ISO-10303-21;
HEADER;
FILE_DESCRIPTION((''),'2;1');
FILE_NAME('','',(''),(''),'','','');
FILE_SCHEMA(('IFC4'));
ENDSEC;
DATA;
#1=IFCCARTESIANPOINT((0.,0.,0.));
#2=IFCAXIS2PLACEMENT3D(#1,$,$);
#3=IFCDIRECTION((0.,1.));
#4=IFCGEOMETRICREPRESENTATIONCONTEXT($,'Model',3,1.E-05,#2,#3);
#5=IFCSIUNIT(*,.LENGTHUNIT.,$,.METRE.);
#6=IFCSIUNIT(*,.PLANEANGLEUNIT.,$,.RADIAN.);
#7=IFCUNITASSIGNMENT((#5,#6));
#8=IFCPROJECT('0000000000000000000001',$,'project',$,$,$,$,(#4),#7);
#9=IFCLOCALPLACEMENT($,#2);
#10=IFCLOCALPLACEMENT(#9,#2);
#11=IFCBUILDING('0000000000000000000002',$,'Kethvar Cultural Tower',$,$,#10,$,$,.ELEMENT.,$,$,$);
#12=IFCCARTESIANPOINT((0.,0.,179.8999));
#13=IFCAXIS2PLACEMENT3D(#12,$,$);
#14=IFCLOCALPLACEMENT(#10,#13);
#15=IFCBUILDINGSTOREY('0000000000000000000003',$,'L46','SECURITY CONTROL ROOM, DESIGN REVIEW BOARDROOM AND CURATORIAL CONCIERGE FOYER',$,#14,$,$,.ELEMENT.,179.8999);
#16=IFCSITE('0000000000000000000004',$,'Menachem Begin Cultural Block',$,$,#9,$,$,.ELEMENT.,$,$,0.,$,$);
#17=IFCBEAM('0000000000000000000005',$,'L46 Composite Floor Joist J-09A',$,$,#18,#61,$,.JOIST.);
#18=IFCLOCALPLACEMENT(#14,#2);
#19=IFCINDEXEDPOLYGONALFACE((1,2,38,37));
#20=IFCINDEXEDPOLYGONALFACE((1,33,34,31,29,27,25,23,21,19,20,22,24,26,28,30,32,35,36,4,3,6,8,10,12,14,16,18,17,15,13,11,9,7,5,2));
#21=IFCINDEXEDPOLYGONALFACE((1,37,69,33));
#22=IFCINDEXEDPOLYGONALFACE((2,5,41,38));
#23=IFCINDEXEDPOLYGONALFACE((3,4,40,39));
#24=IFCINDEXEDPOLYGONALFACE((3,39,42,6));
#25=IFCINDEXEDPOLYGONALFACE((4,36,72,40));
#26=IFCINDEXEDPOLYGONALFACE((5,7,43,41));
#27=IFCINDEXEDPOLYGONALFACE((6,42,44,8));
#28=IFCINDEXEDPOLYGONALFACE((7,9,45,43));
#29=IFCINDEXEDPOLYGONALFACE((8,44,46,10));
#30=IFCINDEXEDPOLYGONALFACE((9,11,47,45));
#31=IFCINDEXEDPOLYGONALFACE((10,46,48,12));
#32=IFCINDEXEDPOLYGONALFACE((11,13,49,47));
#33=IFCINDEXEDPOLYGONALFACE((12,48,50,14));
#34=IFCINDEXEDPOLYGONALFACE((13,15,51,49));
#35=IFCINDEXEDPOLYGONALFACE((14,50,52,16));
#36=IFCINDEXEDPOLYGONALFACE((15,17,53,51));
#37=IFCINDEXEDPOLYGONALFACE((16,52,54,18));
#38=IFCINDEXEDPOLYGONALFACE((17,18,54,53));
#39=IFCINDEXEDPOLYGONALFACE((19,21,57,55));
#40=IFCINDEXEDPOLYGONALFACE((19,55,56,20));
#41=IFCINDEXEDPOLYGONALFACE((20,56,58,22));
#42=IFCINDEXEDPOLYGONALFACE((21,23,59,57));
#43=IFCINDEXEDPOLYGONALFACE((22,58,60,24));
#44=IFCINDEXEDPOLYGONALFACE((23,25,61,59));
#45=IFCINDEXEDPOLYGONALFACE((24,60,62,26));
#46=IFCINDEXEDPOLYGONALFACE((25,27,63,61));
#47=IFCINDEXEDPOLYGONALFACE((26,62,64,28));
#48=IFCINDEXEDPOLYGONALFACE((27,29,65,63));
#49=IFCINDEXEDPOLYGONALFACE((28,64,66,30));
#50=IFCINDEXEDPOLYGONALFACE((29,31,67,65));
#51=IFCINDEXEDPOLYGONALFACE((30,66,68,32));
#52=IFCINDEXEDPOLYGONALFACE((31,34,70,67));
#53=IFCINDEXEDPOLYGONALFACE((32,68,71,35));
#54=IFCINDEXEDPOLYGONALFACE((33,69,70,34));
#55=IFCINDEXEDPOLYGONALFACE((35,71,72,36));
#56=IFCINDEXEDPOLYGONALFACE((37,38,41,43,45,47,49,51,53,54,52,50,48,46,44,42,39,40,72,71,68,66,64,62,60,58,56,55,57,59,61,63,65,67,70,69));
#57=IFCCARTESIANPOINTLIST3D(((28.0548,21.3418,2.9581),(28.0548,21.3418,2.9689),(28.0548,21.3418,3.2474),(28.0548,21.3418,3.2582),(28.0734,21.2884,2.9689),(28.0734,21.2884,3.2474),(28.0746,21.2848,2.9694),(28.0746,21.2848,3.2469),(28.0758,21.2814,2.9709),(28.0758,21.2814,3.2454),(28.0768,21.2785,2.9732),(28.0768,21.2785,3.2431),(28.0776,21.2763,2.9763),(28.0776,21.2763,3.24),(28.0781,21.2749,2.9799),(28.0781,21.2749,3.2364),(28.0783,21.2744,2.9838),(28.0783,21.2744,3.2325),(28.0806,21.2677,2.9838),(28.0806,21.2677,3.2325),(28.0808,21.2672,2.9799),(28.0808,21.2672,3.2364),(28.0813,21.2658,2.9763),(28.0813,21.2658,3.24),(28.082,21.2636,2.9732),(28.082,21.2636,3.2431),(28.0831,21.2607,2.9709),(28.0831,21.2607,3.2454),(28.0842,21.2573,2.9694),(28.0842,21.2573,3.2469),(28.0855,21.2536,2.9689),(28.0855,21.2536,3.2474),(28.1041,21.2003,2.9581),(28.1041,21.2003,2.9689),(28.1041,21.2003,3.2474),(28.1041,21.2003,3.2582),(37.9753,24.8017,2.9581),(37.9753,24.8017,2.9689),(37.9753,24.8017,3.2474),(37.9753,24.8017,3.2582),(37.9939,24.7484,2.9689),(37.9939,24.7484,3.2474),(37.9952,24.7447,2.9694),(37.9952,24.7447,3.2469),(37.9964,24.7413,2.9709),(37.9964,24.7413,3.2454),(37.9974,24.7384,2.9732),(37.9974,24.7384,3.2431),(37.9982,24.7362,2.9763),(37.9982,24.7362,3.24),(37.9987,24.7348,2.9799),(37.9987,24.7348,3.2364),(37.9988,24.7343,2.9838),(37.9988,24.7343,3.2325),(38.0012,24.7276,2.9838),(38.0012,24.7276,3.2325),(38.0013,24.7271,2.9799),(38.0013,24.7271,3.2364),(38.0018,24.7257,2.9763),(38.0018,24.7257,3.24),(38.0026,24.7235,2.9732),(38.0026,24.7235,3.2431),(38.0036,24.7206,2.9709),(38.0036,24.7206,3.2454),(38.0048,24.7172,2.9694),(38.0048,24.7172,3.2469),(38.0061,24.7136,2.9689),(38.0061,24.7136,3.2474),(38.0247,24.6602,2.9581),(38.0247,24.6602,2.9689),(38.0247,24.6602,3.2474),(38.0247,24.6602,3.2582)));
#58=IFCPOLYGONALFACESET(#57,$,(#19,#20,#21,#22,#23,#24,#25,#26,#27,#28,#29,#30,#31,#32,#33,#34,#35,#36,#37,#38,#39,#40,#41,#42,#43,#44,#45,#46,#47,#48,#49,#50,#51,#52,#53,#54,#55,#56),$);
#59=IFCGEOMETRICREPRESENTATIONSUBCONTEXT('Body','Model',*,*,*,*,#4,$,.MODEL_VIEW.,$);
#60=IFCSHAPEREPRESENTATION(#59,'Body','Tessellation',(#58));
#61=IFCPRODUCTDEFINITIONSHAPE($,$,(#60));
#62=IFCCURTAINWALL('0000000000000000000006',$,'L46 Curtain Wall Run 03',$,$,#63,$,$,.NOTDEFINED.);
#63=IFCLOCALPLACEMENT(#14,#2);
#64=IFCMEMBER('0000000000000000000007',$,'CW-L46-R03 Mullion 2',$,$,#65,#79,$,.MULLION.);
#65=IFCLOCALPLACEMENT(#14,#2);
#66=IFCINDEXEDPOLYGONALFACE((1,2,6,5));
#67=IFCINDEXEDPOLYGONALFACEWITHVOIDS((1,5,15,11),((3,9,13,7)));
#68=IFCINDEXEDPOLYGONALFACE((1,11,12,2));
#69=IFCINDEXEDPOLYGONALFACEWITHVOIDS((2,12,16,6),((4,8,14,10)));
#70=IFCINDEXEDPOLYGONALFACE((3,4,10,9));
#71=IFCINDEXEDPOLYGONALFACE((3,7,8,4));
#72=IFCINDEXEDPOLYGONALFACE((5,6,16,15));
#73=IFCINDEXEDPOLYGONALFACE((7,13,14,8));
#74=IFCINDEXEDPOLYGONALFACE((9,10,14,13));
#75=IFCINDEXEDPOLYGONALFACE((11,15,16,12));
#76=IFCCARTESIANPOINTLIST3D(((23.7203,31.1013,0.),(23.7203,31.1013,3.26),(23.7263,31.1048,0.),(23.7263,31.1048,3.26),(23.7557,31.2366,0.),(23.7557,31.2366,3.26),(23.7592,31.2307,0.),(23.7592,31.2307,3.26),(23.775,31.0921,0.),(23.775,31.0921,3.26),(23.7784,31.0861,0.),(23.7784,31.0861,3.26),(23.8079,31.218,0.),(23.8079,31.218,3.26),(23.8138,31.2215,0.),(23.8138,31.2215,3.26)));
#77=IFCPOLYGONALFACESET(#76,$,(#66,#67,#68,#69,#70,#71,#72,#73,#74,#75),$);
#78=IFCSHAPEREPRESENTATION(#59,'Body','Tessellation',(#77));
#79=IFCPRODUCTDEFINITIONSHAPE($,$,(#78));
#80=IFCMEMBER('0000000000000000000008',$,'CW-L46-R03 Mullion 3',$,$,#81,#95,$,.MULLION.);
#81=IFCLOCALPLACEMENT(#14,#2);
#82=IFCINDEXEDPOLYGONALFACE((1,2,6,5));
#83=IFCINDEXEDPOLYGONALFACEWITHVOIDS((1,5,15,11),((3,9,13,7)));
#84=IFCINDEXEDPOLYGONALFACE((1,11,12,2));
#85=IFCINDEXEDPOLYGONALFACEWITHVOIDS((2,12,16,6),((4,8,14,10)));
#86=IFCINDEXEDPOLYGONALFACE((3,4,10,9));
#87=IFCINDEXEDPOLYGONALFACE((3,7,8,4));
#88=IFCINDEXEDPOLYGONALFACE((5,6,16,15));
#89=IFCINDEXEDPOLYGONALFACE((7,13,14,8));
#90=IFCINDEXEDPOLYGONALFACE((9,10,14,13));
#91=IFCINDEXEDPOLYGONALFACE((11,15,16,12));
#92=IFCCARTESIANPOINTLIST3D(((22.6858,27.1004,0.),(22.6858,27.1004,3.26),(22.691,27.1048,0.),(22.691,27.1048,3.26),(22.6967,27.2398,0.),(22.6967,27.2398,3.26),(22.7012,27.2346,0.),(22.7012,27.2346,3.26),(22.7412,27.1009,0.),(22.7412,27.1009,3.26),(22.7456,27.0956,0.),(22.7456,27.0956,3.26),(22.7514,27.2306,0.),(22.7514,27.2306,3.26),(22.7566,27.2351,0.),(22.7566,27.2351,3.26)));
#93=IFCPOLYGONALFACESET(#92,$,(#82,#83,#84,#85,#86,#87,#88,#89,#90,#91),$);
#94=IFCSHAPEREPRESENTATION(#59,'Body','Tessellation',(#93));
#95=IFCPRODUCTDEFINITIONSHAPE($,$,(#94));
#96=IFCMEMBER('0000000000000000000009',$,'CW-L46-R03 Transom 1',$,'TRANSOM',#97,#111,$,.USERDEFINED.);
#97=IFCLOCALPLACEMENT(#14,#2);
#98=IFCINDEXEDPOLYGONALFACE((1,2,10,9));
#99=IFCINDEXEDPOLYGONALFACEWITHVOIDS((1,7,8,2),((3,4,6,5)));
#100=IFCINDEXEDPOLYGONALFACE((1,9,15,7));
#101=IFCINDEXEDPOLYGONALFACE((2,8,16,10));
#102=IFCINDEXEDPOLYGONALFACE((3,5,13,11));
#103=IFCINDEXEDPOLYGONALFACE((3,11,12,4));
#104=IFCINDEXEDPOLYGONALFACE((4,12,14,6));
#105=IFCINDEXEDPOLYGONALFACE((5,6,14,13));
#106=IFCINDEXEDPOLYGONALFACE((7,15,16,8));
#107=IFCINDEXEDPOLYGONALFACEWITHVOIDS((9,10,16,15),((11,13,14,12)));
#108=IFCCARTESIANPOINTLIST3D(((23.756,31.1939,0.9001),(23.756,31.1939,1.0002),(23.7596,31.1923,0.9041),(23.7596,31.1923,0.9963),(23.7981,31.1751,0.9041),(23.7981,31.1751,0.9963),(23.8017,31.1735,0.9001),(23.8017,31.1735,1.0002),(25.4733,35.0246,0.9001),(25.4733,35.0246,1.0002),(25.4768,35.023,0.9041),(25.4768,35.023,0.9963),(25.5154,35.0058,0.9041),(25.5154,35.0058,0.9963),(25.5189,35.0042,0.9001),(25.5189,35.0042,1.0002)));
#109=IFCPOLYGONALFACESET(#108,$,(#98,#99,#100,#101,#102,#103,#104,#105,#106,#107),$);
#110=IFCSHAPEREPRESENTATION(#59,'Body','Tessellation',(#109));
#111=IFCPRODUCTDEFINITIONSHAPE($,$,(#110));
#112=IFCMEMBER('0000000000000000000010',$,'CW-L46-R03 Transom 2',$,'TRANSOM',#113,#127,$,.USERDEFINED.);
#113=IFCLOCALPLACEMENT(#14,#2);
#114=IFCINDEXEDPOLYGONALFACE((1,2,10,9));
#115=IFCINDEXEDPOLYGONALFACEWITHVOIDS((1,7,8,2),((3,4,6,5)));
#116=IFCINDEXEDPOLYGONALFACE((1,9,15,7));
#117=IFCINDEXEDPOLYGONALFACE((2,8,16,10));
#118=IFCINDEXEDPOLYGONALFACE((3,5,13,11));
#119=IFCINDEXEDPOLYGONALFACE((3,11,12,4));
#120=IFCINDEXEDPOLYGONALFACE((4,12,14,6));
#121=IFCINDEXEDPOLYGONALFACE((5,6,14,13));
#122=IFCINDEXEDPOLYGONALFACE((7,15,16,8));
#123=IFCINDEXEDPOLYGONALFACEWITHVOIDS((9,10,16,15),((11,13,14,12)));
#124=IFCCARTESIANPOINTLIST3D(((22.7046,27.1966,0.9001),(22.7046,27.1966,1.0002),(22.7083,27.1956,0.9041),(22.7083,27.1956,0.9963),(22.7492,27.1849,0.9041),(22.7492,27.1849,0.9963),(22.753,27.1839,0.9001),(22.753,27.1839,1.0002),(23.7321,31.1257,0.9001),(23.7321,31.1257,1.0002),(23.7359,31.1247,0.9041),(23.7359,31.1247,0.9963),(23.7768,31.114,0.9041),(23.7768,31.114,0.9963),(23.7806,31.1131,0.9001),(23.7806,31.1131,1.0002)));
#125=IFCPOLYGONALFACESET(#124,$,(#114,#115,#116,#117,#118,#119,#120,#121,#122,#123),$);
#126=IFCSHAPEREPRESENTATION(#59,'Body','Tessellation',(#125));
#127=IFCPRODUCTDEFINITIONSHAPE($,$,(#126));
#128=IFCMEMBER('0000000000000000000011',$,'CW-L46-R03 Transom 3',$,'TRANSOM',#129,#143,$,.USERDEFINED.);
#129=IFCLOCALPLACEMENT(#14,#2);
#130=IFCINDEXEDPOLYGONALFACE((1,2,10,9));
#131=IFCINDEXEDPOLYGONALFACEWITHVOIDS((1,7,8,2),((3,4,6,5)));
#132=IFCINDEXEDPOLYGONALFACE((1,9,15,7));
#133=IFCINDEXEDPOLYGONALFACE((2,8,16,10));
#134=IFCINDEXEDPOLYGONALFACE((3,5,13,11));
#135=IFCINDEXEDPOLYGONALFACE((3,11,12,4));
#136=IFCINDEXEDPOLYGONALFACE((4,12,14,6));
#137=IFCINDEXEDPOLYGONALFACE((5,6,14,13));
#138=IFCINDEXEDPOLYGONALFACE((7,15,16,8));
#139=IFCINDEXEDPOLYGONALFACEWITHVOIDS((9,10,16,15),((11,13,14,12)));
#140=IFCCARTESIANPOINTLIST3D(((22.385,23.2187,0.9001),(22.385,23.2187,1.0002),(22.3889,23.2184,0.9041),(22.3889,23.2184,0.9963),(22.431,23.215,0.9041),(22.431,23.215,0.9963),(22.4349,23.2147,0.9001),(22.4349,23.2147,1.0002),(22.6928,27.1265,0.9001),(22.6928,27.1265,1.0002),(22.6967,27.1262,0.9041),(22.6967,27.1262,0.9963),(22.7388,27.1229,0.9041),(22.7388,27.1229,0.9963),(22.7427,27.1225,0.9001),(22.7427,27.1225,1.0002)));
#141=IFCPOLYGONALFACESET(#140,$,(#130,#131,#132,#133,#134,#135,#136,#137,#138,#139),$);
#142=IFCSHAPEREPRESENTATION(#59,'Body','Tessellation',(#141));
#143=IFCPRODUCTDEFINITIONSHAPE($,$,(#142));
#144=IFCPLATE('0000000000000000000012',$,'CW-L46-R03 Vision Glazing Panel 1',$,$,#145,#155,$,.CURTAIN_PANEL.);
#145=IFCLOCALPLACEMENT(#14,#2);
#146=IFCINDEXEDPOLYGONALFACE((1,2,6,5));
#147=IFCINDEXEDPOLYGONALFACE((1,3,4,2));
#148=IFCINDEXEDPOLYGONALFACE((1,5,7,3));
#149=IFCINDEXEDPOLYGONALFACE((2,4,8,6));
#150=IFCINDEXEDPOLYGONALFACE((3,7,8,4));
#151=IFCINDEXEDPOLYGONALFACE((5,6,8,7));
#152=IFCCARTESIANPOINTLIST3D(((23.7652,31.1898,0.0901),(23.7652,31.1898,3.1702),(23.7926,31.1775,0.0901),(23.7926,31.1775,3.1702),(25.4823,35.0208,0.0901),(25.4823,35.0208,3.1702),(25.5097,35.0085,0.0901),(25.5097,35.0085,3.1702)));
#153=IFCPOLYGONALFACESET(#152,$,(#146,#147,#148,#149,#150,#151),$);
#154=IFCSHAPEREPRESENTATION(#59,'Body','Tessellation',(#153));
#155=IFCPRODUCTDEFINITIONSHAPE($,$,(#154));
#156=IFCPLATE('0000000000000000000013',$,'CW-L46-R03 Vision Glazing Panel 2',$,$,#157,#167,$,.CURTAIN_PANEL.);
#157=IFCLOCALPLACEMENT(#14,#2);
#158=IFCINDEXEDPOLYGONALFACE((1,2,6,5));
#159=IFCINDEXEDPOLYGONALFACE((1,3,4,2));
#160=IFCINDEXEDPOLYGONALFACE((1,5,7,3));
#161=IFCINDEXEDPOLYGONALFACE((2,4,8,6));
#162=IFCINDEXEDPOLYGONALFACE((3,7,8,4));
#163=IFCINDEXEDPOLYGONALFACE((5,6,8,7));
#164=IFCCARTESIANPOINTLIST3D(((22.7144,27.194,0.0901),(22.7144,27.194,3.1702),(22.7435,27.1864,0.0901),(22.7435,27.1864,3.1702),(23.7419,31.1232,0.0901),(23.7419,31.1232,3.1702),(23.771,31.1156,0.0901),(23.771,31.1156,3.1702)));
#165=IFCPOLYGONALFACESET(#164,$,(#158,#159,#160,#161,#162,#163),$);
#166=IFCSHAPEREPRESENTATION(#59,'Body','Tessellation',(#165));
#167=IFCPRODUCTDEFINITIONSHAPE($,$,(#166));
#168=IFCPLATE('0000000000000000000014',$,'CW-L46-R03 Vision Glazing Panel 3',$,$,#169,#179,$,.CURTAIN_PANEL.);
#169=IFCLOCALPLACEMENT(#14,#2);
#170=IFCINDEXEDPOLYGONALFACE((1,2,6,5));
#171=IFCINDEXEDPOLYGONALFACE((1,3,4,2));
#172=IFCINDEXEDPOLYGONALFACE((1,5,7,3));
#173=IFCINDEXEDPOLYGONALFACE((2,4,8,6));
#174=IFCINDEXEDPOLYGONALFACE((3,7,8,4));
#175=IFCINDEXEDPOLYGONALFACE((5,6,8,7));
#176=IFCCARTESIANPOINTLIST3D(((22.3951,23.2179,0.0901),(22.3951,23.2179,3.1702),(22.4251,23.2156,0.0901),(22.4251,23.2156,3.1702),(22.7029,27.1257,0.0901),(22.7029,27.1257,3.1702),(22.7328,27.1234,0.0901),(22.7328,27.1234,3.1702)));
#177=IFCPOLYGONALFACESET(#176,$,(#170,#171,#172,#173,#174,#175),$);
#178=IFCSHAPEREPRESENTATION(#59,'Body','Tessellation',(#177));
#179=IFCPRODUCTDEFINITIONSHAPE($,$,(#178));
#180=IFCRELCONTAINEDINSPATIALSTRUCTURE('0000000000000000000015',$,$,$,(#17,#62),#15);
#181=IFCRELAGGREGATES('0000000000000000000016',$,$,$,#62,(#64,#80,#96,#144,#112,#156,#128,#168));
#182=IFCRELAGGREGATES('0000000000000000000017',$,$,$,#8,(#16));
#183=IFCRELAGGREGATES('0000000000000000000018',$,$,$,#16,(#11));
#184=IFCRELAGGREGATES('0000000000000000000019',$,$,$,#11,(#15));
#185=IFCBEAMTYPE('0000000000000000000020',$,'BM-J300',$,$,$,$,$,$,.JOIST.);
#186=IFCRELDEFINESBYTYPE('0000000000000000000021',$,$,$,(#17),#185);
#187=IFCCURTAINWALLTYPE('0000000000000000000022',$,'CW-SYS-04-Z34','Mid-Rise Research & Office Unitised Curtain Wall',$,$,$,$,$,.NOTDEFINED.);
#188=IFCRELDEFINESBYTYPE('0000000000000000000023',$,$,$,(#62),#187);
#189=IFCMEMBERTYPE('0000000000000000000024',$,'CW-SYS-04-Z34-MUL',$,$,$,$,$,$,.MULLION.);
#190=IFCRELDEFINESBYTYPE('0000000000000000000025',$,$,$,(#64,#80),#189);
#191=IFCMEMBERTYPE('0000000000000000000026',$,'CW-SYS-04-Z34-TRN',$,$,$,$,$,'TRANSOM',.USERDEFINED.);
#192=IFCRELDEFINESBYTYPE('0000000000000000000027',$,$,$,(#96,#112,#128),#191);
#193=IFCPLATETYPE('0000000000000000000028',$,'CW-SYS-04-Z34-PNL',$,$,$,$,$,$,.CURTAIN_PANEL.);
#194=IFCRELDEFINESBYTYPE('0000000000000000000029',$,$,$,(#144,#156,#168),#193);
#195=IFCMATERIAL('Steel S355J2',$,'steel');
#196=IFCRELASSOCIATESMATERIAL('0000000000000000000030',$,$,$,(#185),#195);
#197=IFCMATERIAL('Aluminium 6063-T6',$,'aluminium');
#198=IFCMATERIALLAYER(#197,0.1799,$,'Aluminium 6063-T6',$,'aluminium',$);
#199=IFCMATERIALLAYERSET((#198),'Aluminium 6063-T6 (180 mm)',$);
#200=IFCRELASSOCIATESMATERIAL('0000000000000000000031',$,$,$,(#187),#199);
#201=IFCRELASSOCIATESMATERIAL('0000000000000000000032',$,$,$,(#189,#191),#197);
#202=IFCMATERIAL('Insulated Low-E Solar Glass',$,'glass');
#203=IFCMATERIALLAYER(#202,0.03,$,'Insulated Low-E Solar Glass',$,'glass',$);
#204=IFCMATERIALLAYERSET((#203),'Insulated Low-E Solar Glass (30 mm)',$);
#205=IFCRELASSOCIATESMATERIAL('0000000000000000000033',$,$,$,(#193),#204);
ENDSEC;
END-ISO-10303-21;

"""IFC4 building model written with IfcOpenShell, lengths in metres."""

from ifc_helpers import new_model, si_unit, direction, frame, origin, origin_2d, place, context, subcontext, project, spatial, rectangle, hollow_rectangle, i_section, extrude, source, transform, mapped, material, layer, layer_set, material_profile, profile_set, type_object, element, aggregate, save


model = new_model("IFC4")

# Units and contexts
model_context = context("Model", 3, precision=1e-05, world=origin(), true_north=direction((0.0, 1.0)))
body_context = subcontext(model_context, "Body", "Model", "MODEL_VIEW")
ifc_project = project(units=[si_unit("LENGTHUNIT", "METRE"), si_unit("PLANEANGLEUNIT", "RADIAN")], contexts=[model_context])

# Site, building, storey
site_placement = place(None, origin())
site = spatial("IfcSite", under=ifc_project, at=site_placement, Name="Menachem Begin Cultural Block", CompositionType="ELEMENT", RefElevation=0.0)
building_placement = place(site_placement, origin())
building = spatial("IfcBuilding", under=site, at=building_placement, Name="Kethvar Cultural Tower", CompositionType="ELEMENT")
storey_placement = place(building_placement, frame((0.0, 0.0, 179.8999)))
storey = spatial("IfcBuildingStorey", under=building, at=storey_placement, Name="L46", Description="SECURITY CONTROL ROOM, DESIGN REVIEW BOARDROOM AND CURATORIAL CONCIERGE FOYER", CompositionType="ELEMENT", Elevation=179.8999)

# Beam
ifc_material_1 = material(Name="Steel S355J2", Category="steel")
ifc_material_profile_1 = material_profile(ifc_material_1, i_section(OverallWidth=0.1499, OverallDepth=0.3, WebThickness=0.0071, FlangeThickness=0.0107, FilletRadius=0.0149, at=origin_2d()), Name="Steel S355J2 — IPE300")
ifc_profile_set_1 = profile_set([ifc_material_profile_1], Name="Steel S355J2 — IPE300")
beam_type_1 = type_object("IfcBeamType", Name="BM-J300", PredefinedType="JOIST", material=ifc_profile_set_1)
shared_shape_1 = source(origin(), body_context, "Body", "SweptSolid", [
    extrude(i_section(OverallWidth=0.1499, OverallDepth=0.3, WebThickness=0.0071, FlangeThickness=0.0107, FilletRadius=0.0149, at=origin_2d()), origin(), (0.0, 0.0, 1.0), 10.5066),
])
beam_1_placement = place(storey_placement, frame((38.0, 24.731, 3.1082), z_axis=(-0.944222, -0.32931, 0.0), x_axis=(0.32931, -0.944222, 0.0)))
element("IfcBeam", 1, at=beam_1_placement, inside=storey, type_object=beam_type_1, Name="L46 Composite Floor Joist J-09A", PredefinedType="JOIST", context=body_context, shape_type="MappedRepresentation", body=[
    mapped(shared_shape_1, transform((0.0, 0.0, 0.0), scale=1.0)),
])

# Curtain wall, members, plates
ifc_material_2 = material(Name="Aluminium 6063-T6", Category="aluminium")
ifc_layer_1 = layer(ifc_material_2, 0.1799, Name="Aluminium 6063-T6", Category="aluminium")
ifc_layer_set_1 = layer_set([ifc_layer_1], Name="Aluminium 6063-T6 (180 mm)")
curtain_wall_type = type_object("IfcCurtainWallType", Name="CW-SYS-04-Z34", Description="Mid-Rise Research & Office Unitised Curtain Wall", PredefinedType="NOTDEFINED", material=ifc_layer_set_1)
curtain_wall_placement = place(storey_placement, origin())
curtain_wall = element("IfcCurtainWall", 2, at=curtain_wall_placement, inside=storey, type_object=curtain_wall_type, Name="L46 Curtain Wall Run 03", PredefinedType="NOTDEFINED")
ifc_material_profile_2 = material_profile(ifc_material_2, hollow_rectangle(XDim=0.0601, YDim=0.1399, WallThickness=0.0049, at=origin_2d()), Name="Aluminium 6063-T6 — RHS140x60x5")
ifc_profile_set_2 = profile_set([ifc_material_profile_2], Name="Aluminium 6063-T6 — RHS140x60x5")
member_type_1 = type_object("IfcMemberType", Name="CW-SYS-04-Z34-MUL", PredefinedType="MULLION", material=ifc_profile_set_2)
shared_shape_2 = source(origin(), body_context, "Body", "SweptSolid", [
    extrude(hollow_rectangle(XDim=0.0601, YDim=0.1399, WallThickness=0.0049, at=origin_2d()), origin(), (0.0, 0.0, 1.0), 3.26),
])
member_1_placement = place(storey_placement, frame((23.7671, 31.1614, 0.0), z_axis=(0.0, 0.0, 1.0), x_axis=(0.967467, -0.252998, 0.0)))
member_1 = element("IfcMember", 3, at=member_1_placement, type_object=member_type_1, Name="CW-L46-R03 Mullion 2", PredefinedType="MULLION", context=body_context, shape_type="MappedRepresentation", body=[
    mapped(shared_shape_2, transform((0.0, 0.0, 0.0), scale=1.0)),
])
member_2_placement = place(storey_placement, frame((22.7212, 27.1677, 0.0), z_axis=(0.0, 0.0, 1.0), x_axis=(0.996913, -0.078511, 0.0)))
member_2 = element("IfcMember", 4, at=member_2_placement, type_object=member_type_1, Name="CW-L46-R03 Mullion 3", PredefinedType="MULLION", context=body_context, shape_type="MappedRepresentation", body=[
    mapped(shared_shape_2, transform((0.0, 0.0, 0.0), scale=1.0)),
])
ifc_material_profile_3 = material_profile(ifc_material_2, hollow_rectangle(XDim=0.05, YDim=0.1001, WallThickness=0.0039, at=origin_2d()), Name="Aluminium 6063-T6 — RHS100x50x4")
ifc_profile_set_3 = profile_set([ifc_material_profile_3], Name="Aluminium 6063-T6 — RHS100x50x4")
member_type_2 = type_object("IfcMemberType", Name="CW-SYS-04-Z34-TRN", ElementType="TRANSOM", PredefinedType="USERDEFINED", material=ifc_profile_set_3)
shared_shape_3 = source(origin(), body_context, "Body", "SweptSolid", [
    extrude(hollow_rectangle(XDim=0.05, YDim=0.1001, WallThickness=0.0039, at=origin_2d()), origin(), (0.0, 0.0, 1.0), 4.198),
])
member_3_placement = place(storey_placement, frame((25.4961, 35.0144, 0.9502), z_axis=(-0.409061, -0.912507, 0.0), x_axis=(0.912507, -0.409061, 0.0)))
member_3 = element("IfcMember", 5, at=member_3_placement, type_object=member_type_2, Name="CW-L46-R03 Transom 1", ObjectType="TRANSOM", PredefinedType="USERDEFINED", context=body_context, shape_type="MappedRepresentation", body=[
    mapped(shared_shape_3, transform((0.0, 0.0, 0.0), scale=1.0)),
])
shared_shape_4 = source(origin(), body_context, "Body", "SweptSolid", [
    extrude(hollow_rectangle(XDim=0.05, YDim=0.1001, WallThickness=0.0039, at=origin_2d()), origin(), (0.0, 0.0, 1.0), 4.0613),
])
member_4_placement = place(storey_placement, frame((23.7563, 31.1194, 0.9502), z_axis=(-0.253016, -0.967462, 0.0), x_axis=(0.967462, -0.253016, 0.0)))
member_4 = element("IfcMember", 6, at=member_4_placement, type_object=member_type_2, Name="CW-L46-R03 Transom 2", ObjectType="TRANSOM", PredefinedType="USERDEFINED", context=body_context, shape_type="MappedRepresentation", body=[
    mapped(shared_shape_4, transform((0.0, 0.0, 0.0), scale=1.0)),
])
shared_shape_5 = source(origin(), body_context, "Body", "SweptSolid", [
    extrude(hollow_rectangle(XDim=0.05, YDim=0.1001, WallThickness=0.0039, at=origin_2d()), origin(), (0.0, 0.0, 1.0), 3.9199),
])
member_5_placement = place(storey_placement, frame((22.7178, 27.1245, 0.9502), z_axis=(-0.07854, -0.996911, 0.0), x_axis=(0.996911, -0.07854, 0.0)))
member_5 = element("IfcMember", 7, at=member_5_placement, type_object=member_type_2, Name="CW-L46-R03 Transom 3", ObjectType="TRANSOM", PredefinedType="USERDEFINED", context=body_context, shape_type="MappedRepresentation", body=[
    mapped(shared_shape_5, transform((0.0, 0.0, 0.0), scale=1.0)),
])
ifc_material_3 = material(Name="Insulated Low-E Solar Glass", Category="glass")
ifc_layer_2 = layer(ifc_material_3, 0.03, Name="Insulated Low-E Solar Glass", Category="glass")
ifc_layer_set_2 = layer_set([ifc_layer_2], Name="Insulated Low-E Solar Glass (30 mm)")
plate_type = type_object("IfcPlateType", Name="CW-SYS-04-Z34-PNL", PredefinedType="CURTAIN_PANEL", material=ifc_layer_set_2)
shared_shape_6 = source(origin(), body_context, "Body", "SweptSolid", [
    extrude(rectangle(XDim=4.1982, YDim=0.03, at=origin_2d()), origin(), (0.0, 0.0, 1.0), 3.0801),
])
plate_1_placement = place(storey_placement, frame((24.6375, 33.0991, 0.0901), z_axis=(0.0, 0.0, 1.0), x_axis=(-0.409015, -0.912527, 0.0)))
plate_1 = element("IfcPlate", 8, at=plate_1_placement, type_object=plate_type, Name="CW-L46-R03 Vision Glazing Panel 1", PredefinedType="CURTAIN_PANEL", context=body_context, shape_type="MappedRepresentation", body=[
    mapped(shared_shape_6, transform((0.0, 0.0, 0.0), scale=1.0)),
])
shared_shape_7 = source(origin(), body_context, "Body", "SweptSolid", [
    extrude(rectangle(XDim=4.0613, YDim=0.03, at=origin_2d()), origin(), (0.0, 0.0, 1.0), 3.0801),
])
plate_2_placement = place(storey_placement, frame((23.2427, 29.1548, 0.0901), z_axis=(0.0, 0.0, 1.0), x_axis=(-0.252998, -0.967467, 0.0)))
plate_2 = element("IfcPlate", 9, at=plate_2_placement, type_object=plate_type, Name="CW-L46-R03 Vision Glazing Panel 2", PredefinedType="CURTAIN_PANEL", context=body_context, shape_type="MappedRepresentation", body=[
    mapped(shared_shape_7, transform((0.0, 0.0, 0.0), scale=1.0)),
])
shared_shape_8 = source(origin(), body_context, "Body", "SweptSolid", [
    extrude(rectangle(XDim=3.9199, YDim=0.03, at=origin_2d()), origin(), (0.0, 0.0, 1.0), 3.0801),
])
plate_3_placement = place(storey_placement, frame((22.564, 25.1707, 0.0901), z_axis=(0.0, 0.0, 1.0), x_axis=(-0.078511, -0.996913, 0.0)))
plate_3 = element("IfcPlate", 10, at=plate_3_placement, type_object=plate_type, Name="CW-L46-R03 Vision Glazing Panel 3", PredefinedType="CURTAIN_PANEL", context=body_context, shape_type="MappedRepresentation", body=[
    mapped(shared_shape_8, transform((0.0, 0.0, 0.0), scale=1.0)),
])
aggregate(curtain_wall, [member_1, member_2, member_3, plate_1, member_4, plate_2, member_5, plate_3])

save(model, "model.ifc")
